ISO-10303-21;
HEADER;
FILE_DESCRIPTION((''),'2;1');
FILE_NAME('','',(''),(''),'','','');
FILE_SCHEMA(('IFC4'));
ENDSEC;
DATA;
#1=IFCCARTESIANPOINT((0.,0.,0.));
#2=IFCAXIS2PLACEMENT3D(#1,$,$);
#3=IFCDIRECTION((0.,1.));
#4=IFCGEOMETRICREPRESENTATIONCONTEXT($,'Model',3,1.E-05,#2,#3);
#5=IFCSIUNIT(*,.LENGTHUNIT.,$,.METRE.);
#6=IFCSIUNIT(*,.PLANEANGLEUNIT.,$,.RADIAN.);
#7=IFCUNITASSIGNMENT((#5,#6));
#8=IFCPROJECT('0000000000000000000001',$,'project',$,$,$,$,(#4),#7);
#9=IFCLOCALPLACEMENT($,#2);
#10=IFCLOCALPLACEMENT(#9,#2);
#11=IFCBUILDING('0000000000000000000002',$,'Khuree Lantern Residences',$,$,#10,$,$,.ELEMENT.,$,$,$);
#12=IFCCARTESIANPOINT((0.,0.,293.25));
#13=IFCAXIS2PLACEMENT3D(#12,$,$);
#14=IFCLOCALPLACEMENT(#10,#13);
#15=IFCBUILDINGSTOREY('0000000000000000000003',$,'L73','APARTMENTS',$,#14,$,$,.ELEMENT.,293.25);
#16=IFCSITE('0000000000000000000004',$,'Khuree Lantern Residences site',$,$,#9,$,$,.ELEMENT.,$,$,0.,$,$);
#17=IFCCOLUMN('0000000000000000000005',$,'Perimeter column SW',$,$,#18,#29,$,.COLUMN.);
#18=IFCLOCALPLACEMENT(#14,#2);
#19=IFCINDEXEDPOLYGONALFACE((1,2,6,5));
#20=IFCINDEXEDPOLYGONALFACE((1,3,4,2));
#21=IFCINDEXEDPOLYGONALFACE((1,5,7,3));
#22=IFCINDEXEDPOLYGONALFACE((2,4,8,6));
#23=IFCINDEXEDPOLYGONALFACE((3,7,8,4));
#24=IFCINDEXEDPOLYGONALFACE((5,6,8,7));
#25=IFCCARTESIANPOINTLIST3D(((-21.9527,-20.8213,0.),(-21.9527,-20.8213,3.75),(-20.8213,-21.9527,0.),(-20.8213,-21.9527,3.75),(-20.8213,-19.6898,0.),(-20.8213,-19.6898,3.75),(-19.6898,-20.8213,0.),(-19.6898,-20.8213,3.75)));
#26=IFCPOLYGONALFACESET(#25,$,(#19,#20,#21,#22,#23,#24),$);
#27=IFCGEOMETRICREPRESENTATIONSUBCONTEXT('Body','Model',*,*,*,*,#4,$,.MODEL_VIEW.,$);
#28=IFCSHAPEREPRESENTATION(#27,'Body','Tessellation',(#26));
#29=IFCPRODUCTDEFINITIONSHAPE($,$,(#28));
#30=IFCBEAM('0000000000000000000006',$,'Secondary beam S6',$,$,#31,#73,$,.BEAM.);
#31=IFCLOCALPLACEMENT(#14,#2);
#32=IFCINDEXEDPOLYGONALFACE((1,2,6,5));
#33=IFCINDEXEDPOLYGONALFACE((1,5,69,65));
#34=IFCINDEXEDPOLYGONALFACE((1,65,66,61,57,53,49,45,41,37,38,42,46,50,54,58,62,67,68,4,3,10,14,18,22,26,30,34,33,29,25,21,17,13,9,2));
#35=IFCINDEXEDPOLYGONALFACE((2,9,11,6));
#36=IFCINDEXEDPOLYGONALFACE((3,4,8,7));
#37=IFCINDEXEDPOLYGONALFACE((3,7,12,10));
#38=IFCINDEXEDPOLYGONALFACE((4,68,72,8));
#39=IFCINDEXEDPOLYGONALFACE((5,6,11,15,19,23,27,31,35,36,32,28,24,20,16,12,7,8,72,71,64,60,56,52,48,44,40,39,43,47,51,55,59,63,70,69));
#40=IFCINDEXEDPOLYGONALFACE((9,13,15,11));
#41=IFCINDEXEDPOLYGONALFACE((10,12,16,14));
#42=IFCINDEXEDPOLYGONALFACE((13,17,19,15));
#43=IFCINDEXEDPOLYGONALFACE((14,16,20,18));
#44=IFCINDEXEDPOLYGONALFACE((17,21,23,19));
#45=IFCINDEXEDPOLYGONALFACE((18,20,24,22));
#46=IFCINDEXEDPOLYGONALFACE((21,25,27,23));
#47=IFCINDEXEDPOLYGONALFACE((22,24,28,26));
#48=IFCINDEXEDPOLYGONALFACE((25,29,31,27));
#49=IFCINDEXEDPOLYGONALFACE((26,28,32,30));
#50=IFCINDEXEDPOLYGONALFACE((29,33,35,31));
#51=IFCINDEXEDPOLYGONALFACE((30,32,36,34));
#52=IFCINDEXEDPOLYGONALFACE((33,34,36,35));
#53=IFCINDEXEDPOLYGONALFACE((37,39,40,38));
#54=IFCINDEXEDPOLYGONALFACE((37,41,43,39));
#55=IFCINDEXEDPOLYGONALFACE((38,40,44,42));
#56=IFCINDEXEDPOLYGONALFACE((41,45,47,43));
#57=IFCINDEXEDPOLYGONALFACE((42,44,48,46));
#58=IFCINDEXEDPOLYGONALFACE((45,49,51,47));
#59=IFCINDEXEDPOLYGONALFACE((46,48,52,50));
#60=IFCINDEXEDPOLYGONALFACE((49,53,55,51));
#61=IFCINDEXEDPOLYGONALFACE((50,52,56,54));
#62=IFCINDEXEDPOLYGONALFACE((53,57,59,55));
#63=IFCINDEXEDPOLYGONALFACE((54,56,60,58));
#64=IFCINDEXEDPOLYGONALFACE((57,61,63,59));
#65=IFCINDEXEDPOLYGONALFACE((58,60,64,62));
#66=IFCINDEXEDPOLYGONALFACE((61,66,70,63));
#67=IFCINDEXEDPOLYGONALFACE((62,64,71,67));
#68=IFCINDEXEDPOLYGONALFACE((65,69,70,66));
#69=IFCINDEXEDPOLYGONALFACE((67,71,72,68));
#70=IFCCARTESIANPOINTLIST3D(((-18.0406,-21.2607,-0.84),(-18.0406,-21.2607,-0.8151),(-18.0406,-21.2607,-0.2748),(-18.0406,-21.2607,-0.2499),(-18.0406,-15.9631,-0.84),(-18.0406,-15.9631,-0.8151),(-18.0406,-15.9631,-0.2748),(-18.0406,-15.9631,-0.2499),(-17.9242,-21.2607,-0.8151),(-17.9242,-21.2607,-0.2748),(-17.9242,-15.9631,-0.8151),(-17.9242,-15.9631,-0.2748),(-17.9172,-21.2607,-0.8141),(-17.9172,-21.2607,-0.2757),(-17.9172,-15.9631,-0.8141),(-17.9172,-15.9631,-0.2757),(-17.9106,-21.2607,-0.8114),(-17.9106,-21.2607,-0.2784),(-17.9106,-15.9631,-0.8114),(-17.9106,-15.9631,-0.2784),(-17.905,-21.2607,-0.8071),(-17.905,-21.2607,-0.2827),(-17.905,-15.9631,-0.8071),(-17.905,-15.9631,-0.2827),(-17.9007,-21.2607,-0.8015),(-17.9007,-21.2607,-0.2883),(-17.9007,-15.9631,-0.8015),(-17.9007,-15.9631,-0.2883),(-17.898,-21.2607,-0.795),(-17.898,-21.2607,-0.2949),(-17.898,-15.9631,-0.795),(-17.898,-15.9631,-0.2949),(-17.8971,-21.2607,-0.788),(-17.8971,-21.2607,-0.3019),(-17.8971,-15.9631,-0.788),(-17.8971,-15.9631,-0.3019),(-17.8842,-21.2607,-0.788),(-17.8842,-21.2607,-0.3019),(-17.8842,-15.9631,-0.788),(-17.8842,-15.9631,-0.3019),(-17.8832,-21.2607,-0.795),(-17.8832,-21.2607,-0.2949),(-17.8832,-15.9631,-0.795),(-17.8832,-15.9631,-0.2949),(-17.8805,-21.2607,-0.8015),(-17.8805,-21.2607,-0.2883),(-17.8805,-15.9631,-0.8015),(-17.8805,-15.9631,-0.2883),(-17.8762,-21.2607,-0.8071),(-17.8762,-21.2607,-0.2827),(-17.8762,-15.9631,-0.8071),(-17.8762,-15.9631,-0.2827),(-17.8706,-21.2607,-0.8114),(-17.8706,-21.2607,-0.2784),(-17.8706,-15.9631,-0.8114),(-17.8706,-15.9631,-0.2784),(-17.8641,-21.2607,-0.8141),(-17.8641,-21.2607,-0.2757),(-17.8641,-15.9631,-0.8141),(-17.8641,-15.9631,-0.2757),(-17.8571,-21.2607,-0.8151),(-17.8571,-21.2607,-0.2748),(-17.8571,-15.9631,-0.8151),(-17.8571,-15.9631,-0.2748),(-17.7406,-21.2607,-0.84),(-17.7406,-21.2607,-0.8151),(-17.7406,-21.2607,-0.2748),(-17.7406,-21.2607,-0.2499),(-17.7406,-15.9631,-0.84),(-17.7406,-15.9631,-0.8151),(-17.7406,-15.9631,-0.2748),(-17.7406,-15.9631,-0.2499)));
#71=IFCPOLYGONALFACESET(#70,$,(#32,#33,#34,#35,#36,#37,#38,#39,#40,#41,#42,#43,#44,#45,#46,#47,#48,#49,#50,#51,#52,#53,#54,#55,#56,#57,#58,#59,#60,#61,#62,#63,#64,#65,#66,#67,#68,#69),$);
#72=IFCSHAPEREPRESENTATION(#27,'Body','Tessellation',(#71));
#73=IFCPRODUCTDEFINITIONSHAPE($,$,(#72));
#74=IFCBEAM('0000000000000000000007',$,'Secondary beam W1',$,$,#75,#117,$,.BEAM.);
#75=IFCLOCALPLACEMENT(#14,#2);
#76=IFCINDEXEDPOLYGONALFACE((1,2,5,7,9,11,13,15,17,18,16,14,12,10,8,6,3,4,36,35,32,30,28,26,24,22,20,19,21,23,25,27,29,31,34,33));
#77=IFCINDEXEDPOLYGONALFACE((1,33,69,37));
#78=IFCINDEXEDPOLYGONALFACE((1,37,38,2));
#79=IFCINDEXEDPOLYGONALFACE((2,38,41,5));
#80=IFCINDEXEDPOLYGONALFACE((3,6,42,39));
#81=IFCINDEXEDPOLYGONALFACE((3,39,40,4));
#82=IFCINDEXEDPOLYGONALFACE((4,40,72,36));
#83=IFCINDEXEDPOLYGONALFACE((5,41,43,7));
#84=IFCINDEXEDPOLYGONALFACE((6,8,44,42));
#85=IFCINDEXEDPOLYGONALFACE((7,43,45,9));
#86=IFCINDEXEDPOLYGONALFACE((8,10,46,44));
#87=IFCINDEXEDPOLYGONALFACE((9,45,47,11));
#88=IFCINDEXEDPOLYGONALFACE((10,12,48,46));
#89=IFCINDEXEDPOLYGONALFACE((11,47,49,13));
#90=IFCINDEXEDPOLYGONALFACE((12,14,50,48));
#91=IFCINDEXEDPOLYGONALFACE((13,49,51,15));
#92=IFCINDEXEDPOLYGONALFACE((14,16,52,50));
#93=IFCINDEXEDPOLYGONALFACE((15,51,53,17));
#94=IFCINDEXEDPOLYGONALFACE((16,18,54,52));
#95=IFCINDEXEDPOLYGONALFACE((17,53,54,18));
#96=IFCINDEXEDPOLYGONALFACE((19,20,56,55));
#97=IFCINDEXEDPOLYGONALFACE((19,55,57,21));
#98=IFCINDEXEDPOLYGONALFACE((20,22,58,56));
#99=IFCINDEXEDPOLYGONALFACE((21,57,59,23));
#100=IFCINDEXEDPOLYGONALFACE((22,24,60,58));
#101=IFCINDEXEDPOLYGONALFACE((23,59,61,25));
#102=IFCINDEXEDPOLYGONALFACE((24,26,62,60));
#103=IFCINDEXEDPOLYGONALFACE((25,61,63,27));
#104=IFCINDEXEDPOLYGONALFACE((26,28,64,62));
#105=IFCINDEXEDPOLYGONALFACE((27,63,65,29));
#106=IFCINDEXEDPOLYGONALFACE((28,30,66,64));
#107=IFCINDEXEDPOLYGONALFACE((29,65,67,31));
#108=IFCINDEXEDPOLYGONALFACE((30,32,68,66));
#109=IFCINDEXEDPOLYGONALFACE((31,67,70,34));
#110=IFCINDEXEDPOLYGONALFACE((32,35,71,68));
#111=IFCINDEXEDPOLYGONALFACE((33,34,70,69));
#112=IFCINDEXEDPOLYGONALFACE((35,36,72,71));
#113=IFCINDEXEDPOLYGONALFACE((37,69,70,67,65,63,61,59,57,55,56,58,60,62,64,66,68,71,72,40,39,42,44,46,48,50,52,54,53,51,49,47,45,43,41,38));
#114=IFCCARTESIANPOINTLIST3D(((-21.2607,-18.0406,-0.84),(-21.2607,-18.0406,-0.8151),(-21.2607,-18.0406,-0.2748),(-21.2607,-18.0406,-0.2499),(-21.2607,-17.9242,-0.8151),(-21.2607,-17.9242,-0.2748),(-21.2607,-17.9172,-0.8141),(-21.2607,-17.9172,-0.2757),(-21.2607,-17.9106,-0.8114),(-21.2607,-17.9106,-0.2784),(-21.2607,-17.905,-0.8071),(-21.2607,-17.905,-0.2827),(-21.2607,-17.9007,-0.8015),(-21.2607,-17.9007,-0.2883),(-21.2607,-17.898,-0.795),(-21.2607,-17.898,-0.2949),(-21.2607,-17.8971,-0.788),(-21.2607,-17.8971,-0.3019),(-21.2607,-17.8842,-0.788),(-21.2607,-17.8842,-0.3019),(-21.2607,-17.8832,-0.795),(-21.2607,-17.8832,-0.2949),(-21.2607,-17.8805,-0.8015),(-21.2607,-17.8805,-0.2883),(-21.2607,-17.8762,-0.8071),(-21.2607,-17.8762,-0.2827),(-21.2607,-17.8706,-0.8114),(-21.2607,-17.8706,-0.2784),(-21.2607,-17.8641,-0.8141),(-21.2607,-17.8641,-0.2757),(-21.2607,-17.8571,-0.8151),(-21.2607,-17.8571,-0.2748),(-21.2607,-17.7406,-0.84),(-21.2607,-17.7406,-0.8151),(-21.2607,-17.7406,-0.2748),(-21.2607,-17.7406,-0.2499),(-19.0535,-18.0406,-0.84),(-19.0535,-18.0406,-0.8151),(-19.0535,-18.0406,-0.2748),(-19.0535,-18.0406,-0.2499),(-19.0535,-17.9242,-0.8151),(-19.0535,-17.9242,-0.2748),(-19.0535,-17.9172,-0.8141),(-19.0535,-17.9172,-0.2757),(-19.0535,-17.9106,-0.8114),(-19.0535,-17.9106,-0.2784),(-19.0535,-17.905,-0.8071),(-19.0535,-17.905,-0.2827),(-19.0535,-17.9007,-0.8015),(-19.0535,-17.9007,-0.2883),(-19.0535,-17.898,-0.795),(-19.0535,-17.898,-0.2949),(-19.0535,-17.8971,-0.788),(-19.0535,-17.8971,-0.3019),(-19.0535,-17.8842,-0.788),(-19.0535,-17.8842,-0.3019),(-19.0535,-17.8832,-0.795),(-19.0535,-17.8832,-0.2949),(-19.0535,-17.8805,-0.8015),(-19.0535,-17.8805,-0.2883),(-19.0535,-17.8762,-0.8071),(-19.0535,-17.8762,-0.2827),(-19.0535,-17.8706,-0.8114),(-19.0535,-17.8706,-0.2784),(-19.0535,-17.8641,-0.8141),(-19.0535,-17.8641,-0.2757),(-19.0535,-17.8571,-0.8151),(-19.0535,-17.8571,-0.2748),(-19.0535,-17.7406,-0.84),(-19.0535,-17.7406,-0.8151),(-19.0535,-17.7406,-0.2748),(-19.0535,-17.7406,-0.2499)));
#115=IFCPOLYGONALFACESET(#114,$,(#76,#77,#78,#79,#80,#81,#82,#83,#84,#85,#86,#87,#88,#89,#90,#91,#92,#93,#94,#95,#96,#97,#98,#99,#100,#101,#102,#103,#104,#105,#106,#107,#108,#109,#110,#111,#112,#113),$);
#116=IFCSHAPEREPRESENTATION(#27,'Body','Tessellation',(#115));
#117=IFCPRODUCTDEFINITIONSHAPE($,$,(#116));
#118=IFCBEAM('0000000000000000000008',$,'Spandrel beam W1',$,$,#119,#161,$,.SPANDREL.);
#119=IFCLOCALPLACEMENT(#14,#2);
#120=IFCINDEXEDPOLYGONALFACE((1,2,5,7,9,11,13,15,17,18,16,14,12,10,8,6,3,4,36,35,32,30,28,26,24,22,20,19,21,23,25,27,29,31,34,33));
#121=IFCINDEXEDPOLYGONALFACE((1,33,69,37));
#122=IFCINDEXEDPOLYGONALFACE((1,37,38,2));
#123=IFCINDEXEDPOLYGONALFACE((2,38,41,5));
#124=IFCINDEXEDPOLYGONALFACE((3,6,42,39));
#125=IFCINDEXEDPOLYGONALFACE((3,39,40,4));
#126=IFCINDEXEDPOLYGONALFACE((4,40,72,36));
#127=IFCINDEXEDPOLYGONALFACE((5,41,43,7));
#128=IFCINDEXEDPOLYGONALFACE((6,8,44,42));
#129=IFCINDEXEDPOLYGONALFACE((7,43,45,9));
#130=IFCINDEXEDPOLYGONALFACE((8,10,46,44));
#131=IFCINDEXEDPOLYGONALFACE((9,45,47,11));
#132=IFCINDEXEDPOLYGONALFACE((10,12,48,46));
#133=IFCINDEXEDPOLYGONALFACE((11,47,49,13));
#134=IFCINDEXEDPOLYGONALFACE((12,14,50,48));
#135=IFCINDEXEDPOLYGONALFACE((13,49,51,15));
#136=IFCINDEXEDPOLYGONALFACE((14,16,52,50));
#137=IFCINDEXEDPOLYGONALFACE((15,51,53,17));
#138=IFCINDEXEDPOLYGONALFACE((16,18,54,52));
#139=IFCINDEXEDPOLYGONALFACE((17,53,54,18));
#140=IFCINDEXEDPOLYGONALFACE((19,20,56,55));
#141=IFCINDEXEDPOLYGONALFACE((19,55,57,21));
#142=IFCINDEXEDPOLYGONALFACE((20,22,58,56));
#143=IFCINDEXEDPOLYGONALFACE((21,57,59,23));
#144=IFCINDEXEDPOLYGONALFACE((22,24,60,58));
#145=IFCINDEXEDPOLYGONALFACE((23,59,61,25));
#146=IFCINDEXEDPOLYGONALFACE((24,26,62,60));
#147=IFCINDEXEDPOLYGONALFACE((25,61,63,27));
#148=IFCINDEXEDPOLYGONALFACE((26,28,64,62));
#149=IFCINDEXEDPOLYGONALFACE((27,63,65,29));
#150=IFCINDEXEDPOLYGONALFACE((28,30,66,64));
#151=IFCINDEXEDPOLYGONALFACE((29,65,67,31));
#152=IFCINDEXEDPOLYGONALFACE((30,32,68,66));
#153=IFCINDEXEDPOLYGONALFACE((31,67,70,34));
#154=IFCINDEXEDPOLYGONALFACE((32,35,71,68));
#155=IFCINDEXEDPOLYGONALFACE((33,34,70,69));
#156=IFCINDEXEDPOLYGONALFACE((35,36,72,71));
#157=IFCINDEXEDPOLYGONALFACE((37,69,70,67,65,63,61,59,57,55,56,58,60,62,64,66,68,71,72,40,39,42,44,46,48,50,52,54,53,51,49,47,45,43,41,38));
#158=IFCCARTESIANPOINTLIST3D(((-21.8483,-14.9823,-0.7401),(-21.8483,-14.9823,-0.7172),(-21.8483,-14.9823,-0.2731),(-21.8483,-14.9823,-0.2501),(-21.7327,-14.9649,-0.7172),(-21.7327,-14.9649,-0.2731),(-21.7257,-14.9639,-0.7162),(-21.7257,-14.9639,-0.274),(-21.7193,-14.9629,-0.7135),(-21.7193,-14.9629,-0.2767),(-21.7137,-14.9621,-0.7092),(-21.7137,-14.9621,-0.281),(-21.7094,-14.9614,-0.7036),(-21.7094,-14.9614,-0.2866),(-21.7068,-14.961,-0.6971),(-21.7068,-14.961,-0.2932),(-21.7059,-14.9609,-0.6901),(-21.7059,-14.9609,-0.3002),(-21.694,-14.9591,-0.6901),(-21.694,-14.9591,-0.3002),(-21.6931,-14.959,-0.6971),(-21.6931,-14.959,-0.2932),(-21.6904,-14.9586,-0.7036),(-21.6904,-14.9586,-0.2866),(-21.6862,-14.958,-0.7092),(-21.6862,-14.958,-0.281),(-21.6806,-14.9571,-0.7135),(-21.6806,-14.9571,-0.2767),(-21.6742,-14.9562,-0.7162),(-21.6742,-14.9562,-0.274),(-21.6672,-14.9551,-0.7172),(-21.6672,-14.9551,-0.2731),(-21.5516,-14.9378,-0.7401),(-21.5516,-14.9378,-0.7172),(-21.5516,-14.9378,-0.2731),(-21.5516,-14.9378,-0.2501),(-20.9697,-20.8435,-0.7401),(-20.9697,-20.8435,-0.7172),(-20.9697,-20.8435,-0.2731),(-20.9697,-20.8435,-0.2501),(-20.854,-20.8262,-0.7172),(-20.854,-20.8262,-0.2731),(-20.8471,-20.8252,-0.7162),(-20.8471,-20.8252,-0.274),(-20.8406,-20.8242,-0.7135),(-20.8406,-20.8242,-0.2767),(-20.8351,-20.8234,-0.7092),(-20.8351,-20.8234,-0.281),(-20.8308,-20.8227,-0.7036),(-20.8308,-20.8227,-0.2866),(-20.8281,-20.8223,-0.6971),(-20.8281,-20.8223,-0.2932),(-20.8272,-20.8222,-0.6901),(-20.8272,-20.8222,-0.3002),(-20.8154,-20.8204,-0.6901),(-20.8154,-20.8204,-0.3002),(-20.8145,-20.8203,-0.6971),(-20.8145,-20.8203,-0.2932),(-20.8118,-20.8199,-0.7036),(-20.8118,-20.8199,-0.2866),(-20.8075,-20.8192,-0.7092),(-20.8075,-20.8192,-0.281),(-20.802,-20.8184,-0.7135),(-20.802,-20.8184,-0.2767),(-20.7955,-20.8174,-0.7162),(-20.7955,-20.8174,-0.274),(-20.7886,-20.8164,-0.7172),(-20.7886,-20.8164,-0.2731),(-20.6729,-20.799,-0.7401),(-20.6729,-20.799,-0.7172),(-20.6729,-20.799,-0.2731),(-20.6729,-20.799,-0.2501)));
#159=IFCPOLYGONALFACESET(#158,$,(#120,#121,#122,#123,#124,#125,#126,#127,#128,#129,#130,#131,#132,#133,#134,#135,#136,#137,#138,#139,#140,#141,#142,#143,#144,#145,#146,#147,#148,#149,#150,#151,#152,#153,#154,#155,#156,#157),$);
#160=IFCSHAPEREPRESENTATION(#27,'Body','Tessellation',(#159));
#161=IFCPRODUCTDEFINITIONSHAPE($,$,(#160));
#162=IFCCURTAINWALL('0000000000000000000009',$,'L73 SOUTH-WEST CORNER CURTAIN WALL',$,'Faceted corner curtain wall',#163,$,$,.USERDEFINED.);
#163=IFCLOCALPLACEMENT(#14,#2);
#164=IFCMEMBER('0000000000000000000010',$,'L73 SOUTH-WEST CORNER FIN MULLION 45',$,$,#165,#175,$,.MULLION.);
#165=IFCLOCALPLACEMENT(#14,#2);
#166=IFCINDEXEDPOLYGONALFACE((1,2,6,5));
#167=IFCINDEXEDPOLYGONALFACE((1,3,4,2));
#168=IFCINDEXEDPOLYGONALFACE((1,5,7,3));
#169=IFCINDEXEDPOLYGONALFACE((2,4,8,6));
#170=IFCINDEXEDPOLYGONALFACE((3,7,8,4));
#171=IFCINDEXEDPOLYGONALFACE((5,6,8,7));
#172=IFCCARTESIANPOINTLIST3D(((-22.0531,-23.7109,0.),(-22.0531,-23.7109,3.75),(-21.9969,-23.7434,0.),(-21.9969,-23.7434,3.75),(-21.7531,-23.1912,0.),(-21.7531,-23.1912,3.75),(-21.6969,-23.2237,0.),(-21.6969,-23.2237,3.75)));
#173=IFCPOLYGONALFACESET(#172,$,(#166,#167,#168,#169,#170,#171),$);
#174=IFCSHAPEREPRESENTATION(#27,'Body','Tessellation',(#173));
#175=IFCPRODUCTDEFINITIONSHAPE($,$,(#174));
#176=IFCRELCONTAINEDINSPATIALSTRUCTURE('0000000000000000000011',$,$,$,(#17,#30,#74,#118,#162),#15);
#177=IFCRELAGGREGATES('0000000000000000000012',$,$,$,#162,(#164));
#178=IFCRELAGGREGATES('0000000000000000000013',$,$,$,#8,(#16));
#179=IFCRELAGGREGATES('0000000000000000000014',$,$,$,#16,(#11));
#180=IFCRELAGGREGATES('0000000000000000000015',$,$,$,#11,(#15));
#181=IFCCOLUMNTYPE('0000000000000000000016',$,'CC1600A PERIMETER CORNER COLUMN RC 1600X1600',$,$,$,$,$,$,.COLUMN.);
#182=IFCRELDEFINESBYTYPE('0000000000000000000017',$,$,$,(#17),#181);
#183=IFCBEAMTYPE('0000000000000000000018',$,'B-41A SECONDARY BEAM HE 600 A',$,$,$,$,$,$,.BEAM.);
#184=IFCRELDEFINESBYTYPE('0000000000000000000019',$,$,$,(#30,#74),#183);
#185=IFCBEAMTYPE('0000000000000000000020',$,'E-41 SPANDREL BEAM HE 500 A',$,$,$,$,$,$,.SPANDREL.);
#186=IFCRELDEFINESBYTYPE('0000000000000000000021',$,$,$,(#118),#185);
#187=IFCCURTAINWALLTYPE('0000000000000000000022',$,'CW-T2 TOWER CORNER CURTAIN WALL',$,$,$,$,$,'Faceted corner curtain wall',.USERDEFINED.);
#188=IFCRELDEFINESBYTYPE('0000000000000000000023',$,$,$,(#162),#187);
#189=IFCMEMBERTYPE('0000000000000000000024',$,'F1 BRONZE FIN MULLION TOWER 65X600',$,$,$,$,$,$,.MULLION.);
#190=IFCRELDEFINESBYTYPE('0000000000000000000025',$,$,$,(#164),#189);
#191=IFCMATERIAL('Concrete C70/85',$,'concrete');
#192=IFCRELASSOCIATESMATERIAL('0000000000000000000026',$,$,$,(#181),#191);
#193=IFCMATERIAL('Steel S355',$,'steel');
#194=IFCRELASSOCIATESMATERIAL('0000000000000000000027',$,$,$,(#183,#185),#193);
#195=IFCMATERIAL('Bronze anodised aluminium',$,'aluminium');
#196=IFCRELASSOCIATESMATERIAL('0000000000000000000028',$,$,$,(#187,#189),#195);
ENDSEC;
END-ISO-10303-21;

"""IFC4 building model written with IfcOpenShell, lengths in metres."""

from ifc_helpers import new_model, si_unit, direction, frame, origin, origin_2d, place, context, subcontext, project, spatial, rectangle, i_section, extrude, material, material_profile, profile_set, type_object, element, aggregate, save


model = new_model("IFC4")

# Units and contexts
model_context = context("Model", 3, precision=1e-05, world=origin(), true_north=direction((0.0, 1.0)))
body_context = subcontext(model_context, "Body", "Model", "MODEL_VIEW")
ifc_project = project(units=[si_unit("LENGTHUNIT", "METRE"), si_unit("PLANEANGLEUNIT", "RADIAN")], contexts=[model_context])

# Site, building, storey
site_placement = place(None, origin())
site = spatial("IfcSite", under=ifc_project, at=site_placement, Name="Khuree Lantern Residences site", CompositionType="ELEMENT", RefElevation=0.0)
building_placement = place(site_placement, origin())
building = spatial("IfcBuilding", under=site, at=building_placement, Name="Khuree Lantern Residences", CompositionType="ELEMENT")
storey_placement = place(building_placement, frame((0.0, 0.0, 293.25)))
storey = spatial("IfcBuildingStorey", under=building, at=storey_placement, Name="L73", Description="APARTMENTS", CompositionType="ELEMENT", Elevation=293.25)

# Column
ifc_material_1 = material(Name="Concrete C70/85", Category="concrete")
ifc_material_profile_1 = material_profile(ifc_material_1, rectangle(XDim=1.6001, YDim=1.6001, at=origin_2d()), Name="RC 1600X1600")
ifc_profile_set_1 = profile_set([ifc_material_profile_1], Name="Concrete C70/85")
column_type = type_object("IfcColumnType", Name="CC1600A PERIMETER CORNER COLUMN RC 1600X1600", PredefinedType="COLUMN", material=ifc_profile_set_1)
column_placement = place(storey_placement, frame((-20.8213, -20.8213, 0.0), z_axis=(0.0, 0.0, 1.0), x_axis=(0.707107, -0.707107, 0.0)))
element("IfcColumn", 1, at=column_placement, inside=storey, type_object=column_type, Name="Perimeter column SW", PredefinedType="COLUMN", context=body_context, shape_type="SweptSolid", body=[
    extrude(rectangle(XDim=1.6001, YDim=1.6001, at=origin_2d()), origin(), (0.0, 0.0, 1.0), 3.75),
])

# Beams
ifc_material_2 = material(Name="Steel S355", Category="steel")
ifc_material_profile_2 = material_profile(ifc_material_2, i_section(OverallWidth=0.3, OverallDepth=0.5901, WebThickness=0.0129, FlangeThickness=0.0249, FilletRadius=0.0271, at=origin_2d()), Name="HE 600 A")
ifc_profile_set_2 = profile_set([ifc_material_profile_2], Name="Steel S355")
beam_type_1 = type_object("IfcBeamType", Name="B-41A SECONDARY BEAM HE 600 A", PredefinedType="BEAM", material=ifc_profile_set_2)
beam_1_placement = place(storey_placement, frame((-17.8906, -21.2607, -0.5449), z_axis=(0.0, 1.0, 0.0), x_axis=(-1.0, 0.0, 0.0)))
element("IfcBeam", 2, at=beam_1_placement, inside=storey, type_object=beam_type_1, Name="Secondary beam S6", PredefinedType="BEAM", context=body_context, shape_type="SweptSolid", body=[
    extrude(i_section(OverallWidth=0.3, OverallDepth=0.5901, WebThickness=0.0129, FlangeThickness=0.0249, FilletRadius=0.0271, at=origin_2d()), origin(), (0.0, 0.0, 1.0), 5.2976),
])
beam_2_placement = place(storey_placement, frame((-21.2607, -17.8906, -0.5449), z_axis=(1.0, 0.0, 0.0), x_axis=(0.0, 1.0, 0.0)))
element("IfcBeam", 3, at=beam_2_placement, inside=storey, type_object=beam_type_1, Name="Secondary beam W1", PredefinedType="BEAM", context=body_context, shape_type="SweptSolid", body=[
    extrude(i_section(OverallWidth=0.3, OverallDepth=0.5901, WebThickness=0.0129, FlangeThickness=0.0249, FilletRadius=0.0271, at=origin_2d()), origin(), (0.0, 0.0, 1.0), 2.2073),
])
ifc_material_profile_3 = material_profile(ifc_material_2, i_section(OverallWidth=0.3, OverallDepth=0.49, WebThickness=0.012, FlangeThickness=0.0229, FilletRadius=0.0271, at=origin_2d()), Name="HE 500 A")
ifc_profile_set_3 = profile_set([ifc_material_profile_3], Name="Steel S355")
beam_type_2 = type_object("IfcBeamType", Name="E-41 SPANDREL BEAM HE 500 A", PredefinedType="SPANDREL", material=ifc_profile_set_3)
beam_3_placement = place(storey_placement, frame((-20.8213, -20.8213, -0.4951), z_axis=(-0.148252, 0.98895, 0.0), x_axis=(-0.98895, -0.148252, 0.0)))
element("IfcBeam", 4, at=beam_3_placement, inside=storey, type_object=beam_type_2, Name="Spandrel beam W1", PredefinedType="SPANDREL", context=body_context, shape_type="SweptSolid", body=[
    extrude(i_section(OverallWidth=0.3, OverallDepth=0.49, WebThickness=0.012, FlangeThickness=0.0229, FilletRadius=0.0271, at=origin_2d()), origin(), (0.0, 0.0, 1.0), 5.9268),
])

# Curtain wall, member
ifc_material_3 = material(Name="Bronze anodised aluminium", Category="aluminium")
curtain_wall_type_1 = type_object("IfcCurtainWallType", Name="CW-T2 TOWER CORNER CURTAIN WALL", ElementType="Faceted corner curtain wall", PredefinedType="USERDEFINED", material=ifc_material_3)
curtain_wall_1_placement = place(storey_placement, origin())
curtain_wall_1 = element("IfcCurtainWall", 5, at=curtain_wall_1_placement, inside=storey, type_object=curtain_wall_type_1, Name="L73 SOUTH-WEST CORNER CURTAIN WALL", ObjectType="Faceted corner curtain wall", PredefinedType="USERDEFINED")
ifc_material_profile_4 = material_profile(ifc_material_3, rectangle(XDim=0.0649, YDim=0.6001, at=origin_2d()), Name="F1 65X600")
ifc_profile_set_4 = profile_set([ifc_material_profile_4], Name="Bronze anodised aluminium")
member_type_1 = type_object("IfcMemberType", Name="F1 BRONZE FIN MULLION TOWER 65X600", PredefinedType="MULLION", material=ifc_profile_set_4)
member_1_placement = place(storey_placement, frame((-21.875, -23.4673, 0.0), z_axis=(0.0, 0.0, 1.0), x_axis=(0.866025, -0.5, 0.0)))
member_1 = element("IfcMember", 6, at=member_1_placement, type_object=member_type_1, Name="L73 SOUTH-WEST CORNER FIN MULLION 45", PredefinedType="MULLION", context=body_context, shape_type="SweptSolid", body=[
    extrude(rectangle(XDim=0.0649, YDim=0.6001, at=origin_2d()), origin(), (0.0, 0.0, 1.0), 3.75),
])

aggregate(curtain_wall_1, [member_1])

save(model, "model.ifc")
